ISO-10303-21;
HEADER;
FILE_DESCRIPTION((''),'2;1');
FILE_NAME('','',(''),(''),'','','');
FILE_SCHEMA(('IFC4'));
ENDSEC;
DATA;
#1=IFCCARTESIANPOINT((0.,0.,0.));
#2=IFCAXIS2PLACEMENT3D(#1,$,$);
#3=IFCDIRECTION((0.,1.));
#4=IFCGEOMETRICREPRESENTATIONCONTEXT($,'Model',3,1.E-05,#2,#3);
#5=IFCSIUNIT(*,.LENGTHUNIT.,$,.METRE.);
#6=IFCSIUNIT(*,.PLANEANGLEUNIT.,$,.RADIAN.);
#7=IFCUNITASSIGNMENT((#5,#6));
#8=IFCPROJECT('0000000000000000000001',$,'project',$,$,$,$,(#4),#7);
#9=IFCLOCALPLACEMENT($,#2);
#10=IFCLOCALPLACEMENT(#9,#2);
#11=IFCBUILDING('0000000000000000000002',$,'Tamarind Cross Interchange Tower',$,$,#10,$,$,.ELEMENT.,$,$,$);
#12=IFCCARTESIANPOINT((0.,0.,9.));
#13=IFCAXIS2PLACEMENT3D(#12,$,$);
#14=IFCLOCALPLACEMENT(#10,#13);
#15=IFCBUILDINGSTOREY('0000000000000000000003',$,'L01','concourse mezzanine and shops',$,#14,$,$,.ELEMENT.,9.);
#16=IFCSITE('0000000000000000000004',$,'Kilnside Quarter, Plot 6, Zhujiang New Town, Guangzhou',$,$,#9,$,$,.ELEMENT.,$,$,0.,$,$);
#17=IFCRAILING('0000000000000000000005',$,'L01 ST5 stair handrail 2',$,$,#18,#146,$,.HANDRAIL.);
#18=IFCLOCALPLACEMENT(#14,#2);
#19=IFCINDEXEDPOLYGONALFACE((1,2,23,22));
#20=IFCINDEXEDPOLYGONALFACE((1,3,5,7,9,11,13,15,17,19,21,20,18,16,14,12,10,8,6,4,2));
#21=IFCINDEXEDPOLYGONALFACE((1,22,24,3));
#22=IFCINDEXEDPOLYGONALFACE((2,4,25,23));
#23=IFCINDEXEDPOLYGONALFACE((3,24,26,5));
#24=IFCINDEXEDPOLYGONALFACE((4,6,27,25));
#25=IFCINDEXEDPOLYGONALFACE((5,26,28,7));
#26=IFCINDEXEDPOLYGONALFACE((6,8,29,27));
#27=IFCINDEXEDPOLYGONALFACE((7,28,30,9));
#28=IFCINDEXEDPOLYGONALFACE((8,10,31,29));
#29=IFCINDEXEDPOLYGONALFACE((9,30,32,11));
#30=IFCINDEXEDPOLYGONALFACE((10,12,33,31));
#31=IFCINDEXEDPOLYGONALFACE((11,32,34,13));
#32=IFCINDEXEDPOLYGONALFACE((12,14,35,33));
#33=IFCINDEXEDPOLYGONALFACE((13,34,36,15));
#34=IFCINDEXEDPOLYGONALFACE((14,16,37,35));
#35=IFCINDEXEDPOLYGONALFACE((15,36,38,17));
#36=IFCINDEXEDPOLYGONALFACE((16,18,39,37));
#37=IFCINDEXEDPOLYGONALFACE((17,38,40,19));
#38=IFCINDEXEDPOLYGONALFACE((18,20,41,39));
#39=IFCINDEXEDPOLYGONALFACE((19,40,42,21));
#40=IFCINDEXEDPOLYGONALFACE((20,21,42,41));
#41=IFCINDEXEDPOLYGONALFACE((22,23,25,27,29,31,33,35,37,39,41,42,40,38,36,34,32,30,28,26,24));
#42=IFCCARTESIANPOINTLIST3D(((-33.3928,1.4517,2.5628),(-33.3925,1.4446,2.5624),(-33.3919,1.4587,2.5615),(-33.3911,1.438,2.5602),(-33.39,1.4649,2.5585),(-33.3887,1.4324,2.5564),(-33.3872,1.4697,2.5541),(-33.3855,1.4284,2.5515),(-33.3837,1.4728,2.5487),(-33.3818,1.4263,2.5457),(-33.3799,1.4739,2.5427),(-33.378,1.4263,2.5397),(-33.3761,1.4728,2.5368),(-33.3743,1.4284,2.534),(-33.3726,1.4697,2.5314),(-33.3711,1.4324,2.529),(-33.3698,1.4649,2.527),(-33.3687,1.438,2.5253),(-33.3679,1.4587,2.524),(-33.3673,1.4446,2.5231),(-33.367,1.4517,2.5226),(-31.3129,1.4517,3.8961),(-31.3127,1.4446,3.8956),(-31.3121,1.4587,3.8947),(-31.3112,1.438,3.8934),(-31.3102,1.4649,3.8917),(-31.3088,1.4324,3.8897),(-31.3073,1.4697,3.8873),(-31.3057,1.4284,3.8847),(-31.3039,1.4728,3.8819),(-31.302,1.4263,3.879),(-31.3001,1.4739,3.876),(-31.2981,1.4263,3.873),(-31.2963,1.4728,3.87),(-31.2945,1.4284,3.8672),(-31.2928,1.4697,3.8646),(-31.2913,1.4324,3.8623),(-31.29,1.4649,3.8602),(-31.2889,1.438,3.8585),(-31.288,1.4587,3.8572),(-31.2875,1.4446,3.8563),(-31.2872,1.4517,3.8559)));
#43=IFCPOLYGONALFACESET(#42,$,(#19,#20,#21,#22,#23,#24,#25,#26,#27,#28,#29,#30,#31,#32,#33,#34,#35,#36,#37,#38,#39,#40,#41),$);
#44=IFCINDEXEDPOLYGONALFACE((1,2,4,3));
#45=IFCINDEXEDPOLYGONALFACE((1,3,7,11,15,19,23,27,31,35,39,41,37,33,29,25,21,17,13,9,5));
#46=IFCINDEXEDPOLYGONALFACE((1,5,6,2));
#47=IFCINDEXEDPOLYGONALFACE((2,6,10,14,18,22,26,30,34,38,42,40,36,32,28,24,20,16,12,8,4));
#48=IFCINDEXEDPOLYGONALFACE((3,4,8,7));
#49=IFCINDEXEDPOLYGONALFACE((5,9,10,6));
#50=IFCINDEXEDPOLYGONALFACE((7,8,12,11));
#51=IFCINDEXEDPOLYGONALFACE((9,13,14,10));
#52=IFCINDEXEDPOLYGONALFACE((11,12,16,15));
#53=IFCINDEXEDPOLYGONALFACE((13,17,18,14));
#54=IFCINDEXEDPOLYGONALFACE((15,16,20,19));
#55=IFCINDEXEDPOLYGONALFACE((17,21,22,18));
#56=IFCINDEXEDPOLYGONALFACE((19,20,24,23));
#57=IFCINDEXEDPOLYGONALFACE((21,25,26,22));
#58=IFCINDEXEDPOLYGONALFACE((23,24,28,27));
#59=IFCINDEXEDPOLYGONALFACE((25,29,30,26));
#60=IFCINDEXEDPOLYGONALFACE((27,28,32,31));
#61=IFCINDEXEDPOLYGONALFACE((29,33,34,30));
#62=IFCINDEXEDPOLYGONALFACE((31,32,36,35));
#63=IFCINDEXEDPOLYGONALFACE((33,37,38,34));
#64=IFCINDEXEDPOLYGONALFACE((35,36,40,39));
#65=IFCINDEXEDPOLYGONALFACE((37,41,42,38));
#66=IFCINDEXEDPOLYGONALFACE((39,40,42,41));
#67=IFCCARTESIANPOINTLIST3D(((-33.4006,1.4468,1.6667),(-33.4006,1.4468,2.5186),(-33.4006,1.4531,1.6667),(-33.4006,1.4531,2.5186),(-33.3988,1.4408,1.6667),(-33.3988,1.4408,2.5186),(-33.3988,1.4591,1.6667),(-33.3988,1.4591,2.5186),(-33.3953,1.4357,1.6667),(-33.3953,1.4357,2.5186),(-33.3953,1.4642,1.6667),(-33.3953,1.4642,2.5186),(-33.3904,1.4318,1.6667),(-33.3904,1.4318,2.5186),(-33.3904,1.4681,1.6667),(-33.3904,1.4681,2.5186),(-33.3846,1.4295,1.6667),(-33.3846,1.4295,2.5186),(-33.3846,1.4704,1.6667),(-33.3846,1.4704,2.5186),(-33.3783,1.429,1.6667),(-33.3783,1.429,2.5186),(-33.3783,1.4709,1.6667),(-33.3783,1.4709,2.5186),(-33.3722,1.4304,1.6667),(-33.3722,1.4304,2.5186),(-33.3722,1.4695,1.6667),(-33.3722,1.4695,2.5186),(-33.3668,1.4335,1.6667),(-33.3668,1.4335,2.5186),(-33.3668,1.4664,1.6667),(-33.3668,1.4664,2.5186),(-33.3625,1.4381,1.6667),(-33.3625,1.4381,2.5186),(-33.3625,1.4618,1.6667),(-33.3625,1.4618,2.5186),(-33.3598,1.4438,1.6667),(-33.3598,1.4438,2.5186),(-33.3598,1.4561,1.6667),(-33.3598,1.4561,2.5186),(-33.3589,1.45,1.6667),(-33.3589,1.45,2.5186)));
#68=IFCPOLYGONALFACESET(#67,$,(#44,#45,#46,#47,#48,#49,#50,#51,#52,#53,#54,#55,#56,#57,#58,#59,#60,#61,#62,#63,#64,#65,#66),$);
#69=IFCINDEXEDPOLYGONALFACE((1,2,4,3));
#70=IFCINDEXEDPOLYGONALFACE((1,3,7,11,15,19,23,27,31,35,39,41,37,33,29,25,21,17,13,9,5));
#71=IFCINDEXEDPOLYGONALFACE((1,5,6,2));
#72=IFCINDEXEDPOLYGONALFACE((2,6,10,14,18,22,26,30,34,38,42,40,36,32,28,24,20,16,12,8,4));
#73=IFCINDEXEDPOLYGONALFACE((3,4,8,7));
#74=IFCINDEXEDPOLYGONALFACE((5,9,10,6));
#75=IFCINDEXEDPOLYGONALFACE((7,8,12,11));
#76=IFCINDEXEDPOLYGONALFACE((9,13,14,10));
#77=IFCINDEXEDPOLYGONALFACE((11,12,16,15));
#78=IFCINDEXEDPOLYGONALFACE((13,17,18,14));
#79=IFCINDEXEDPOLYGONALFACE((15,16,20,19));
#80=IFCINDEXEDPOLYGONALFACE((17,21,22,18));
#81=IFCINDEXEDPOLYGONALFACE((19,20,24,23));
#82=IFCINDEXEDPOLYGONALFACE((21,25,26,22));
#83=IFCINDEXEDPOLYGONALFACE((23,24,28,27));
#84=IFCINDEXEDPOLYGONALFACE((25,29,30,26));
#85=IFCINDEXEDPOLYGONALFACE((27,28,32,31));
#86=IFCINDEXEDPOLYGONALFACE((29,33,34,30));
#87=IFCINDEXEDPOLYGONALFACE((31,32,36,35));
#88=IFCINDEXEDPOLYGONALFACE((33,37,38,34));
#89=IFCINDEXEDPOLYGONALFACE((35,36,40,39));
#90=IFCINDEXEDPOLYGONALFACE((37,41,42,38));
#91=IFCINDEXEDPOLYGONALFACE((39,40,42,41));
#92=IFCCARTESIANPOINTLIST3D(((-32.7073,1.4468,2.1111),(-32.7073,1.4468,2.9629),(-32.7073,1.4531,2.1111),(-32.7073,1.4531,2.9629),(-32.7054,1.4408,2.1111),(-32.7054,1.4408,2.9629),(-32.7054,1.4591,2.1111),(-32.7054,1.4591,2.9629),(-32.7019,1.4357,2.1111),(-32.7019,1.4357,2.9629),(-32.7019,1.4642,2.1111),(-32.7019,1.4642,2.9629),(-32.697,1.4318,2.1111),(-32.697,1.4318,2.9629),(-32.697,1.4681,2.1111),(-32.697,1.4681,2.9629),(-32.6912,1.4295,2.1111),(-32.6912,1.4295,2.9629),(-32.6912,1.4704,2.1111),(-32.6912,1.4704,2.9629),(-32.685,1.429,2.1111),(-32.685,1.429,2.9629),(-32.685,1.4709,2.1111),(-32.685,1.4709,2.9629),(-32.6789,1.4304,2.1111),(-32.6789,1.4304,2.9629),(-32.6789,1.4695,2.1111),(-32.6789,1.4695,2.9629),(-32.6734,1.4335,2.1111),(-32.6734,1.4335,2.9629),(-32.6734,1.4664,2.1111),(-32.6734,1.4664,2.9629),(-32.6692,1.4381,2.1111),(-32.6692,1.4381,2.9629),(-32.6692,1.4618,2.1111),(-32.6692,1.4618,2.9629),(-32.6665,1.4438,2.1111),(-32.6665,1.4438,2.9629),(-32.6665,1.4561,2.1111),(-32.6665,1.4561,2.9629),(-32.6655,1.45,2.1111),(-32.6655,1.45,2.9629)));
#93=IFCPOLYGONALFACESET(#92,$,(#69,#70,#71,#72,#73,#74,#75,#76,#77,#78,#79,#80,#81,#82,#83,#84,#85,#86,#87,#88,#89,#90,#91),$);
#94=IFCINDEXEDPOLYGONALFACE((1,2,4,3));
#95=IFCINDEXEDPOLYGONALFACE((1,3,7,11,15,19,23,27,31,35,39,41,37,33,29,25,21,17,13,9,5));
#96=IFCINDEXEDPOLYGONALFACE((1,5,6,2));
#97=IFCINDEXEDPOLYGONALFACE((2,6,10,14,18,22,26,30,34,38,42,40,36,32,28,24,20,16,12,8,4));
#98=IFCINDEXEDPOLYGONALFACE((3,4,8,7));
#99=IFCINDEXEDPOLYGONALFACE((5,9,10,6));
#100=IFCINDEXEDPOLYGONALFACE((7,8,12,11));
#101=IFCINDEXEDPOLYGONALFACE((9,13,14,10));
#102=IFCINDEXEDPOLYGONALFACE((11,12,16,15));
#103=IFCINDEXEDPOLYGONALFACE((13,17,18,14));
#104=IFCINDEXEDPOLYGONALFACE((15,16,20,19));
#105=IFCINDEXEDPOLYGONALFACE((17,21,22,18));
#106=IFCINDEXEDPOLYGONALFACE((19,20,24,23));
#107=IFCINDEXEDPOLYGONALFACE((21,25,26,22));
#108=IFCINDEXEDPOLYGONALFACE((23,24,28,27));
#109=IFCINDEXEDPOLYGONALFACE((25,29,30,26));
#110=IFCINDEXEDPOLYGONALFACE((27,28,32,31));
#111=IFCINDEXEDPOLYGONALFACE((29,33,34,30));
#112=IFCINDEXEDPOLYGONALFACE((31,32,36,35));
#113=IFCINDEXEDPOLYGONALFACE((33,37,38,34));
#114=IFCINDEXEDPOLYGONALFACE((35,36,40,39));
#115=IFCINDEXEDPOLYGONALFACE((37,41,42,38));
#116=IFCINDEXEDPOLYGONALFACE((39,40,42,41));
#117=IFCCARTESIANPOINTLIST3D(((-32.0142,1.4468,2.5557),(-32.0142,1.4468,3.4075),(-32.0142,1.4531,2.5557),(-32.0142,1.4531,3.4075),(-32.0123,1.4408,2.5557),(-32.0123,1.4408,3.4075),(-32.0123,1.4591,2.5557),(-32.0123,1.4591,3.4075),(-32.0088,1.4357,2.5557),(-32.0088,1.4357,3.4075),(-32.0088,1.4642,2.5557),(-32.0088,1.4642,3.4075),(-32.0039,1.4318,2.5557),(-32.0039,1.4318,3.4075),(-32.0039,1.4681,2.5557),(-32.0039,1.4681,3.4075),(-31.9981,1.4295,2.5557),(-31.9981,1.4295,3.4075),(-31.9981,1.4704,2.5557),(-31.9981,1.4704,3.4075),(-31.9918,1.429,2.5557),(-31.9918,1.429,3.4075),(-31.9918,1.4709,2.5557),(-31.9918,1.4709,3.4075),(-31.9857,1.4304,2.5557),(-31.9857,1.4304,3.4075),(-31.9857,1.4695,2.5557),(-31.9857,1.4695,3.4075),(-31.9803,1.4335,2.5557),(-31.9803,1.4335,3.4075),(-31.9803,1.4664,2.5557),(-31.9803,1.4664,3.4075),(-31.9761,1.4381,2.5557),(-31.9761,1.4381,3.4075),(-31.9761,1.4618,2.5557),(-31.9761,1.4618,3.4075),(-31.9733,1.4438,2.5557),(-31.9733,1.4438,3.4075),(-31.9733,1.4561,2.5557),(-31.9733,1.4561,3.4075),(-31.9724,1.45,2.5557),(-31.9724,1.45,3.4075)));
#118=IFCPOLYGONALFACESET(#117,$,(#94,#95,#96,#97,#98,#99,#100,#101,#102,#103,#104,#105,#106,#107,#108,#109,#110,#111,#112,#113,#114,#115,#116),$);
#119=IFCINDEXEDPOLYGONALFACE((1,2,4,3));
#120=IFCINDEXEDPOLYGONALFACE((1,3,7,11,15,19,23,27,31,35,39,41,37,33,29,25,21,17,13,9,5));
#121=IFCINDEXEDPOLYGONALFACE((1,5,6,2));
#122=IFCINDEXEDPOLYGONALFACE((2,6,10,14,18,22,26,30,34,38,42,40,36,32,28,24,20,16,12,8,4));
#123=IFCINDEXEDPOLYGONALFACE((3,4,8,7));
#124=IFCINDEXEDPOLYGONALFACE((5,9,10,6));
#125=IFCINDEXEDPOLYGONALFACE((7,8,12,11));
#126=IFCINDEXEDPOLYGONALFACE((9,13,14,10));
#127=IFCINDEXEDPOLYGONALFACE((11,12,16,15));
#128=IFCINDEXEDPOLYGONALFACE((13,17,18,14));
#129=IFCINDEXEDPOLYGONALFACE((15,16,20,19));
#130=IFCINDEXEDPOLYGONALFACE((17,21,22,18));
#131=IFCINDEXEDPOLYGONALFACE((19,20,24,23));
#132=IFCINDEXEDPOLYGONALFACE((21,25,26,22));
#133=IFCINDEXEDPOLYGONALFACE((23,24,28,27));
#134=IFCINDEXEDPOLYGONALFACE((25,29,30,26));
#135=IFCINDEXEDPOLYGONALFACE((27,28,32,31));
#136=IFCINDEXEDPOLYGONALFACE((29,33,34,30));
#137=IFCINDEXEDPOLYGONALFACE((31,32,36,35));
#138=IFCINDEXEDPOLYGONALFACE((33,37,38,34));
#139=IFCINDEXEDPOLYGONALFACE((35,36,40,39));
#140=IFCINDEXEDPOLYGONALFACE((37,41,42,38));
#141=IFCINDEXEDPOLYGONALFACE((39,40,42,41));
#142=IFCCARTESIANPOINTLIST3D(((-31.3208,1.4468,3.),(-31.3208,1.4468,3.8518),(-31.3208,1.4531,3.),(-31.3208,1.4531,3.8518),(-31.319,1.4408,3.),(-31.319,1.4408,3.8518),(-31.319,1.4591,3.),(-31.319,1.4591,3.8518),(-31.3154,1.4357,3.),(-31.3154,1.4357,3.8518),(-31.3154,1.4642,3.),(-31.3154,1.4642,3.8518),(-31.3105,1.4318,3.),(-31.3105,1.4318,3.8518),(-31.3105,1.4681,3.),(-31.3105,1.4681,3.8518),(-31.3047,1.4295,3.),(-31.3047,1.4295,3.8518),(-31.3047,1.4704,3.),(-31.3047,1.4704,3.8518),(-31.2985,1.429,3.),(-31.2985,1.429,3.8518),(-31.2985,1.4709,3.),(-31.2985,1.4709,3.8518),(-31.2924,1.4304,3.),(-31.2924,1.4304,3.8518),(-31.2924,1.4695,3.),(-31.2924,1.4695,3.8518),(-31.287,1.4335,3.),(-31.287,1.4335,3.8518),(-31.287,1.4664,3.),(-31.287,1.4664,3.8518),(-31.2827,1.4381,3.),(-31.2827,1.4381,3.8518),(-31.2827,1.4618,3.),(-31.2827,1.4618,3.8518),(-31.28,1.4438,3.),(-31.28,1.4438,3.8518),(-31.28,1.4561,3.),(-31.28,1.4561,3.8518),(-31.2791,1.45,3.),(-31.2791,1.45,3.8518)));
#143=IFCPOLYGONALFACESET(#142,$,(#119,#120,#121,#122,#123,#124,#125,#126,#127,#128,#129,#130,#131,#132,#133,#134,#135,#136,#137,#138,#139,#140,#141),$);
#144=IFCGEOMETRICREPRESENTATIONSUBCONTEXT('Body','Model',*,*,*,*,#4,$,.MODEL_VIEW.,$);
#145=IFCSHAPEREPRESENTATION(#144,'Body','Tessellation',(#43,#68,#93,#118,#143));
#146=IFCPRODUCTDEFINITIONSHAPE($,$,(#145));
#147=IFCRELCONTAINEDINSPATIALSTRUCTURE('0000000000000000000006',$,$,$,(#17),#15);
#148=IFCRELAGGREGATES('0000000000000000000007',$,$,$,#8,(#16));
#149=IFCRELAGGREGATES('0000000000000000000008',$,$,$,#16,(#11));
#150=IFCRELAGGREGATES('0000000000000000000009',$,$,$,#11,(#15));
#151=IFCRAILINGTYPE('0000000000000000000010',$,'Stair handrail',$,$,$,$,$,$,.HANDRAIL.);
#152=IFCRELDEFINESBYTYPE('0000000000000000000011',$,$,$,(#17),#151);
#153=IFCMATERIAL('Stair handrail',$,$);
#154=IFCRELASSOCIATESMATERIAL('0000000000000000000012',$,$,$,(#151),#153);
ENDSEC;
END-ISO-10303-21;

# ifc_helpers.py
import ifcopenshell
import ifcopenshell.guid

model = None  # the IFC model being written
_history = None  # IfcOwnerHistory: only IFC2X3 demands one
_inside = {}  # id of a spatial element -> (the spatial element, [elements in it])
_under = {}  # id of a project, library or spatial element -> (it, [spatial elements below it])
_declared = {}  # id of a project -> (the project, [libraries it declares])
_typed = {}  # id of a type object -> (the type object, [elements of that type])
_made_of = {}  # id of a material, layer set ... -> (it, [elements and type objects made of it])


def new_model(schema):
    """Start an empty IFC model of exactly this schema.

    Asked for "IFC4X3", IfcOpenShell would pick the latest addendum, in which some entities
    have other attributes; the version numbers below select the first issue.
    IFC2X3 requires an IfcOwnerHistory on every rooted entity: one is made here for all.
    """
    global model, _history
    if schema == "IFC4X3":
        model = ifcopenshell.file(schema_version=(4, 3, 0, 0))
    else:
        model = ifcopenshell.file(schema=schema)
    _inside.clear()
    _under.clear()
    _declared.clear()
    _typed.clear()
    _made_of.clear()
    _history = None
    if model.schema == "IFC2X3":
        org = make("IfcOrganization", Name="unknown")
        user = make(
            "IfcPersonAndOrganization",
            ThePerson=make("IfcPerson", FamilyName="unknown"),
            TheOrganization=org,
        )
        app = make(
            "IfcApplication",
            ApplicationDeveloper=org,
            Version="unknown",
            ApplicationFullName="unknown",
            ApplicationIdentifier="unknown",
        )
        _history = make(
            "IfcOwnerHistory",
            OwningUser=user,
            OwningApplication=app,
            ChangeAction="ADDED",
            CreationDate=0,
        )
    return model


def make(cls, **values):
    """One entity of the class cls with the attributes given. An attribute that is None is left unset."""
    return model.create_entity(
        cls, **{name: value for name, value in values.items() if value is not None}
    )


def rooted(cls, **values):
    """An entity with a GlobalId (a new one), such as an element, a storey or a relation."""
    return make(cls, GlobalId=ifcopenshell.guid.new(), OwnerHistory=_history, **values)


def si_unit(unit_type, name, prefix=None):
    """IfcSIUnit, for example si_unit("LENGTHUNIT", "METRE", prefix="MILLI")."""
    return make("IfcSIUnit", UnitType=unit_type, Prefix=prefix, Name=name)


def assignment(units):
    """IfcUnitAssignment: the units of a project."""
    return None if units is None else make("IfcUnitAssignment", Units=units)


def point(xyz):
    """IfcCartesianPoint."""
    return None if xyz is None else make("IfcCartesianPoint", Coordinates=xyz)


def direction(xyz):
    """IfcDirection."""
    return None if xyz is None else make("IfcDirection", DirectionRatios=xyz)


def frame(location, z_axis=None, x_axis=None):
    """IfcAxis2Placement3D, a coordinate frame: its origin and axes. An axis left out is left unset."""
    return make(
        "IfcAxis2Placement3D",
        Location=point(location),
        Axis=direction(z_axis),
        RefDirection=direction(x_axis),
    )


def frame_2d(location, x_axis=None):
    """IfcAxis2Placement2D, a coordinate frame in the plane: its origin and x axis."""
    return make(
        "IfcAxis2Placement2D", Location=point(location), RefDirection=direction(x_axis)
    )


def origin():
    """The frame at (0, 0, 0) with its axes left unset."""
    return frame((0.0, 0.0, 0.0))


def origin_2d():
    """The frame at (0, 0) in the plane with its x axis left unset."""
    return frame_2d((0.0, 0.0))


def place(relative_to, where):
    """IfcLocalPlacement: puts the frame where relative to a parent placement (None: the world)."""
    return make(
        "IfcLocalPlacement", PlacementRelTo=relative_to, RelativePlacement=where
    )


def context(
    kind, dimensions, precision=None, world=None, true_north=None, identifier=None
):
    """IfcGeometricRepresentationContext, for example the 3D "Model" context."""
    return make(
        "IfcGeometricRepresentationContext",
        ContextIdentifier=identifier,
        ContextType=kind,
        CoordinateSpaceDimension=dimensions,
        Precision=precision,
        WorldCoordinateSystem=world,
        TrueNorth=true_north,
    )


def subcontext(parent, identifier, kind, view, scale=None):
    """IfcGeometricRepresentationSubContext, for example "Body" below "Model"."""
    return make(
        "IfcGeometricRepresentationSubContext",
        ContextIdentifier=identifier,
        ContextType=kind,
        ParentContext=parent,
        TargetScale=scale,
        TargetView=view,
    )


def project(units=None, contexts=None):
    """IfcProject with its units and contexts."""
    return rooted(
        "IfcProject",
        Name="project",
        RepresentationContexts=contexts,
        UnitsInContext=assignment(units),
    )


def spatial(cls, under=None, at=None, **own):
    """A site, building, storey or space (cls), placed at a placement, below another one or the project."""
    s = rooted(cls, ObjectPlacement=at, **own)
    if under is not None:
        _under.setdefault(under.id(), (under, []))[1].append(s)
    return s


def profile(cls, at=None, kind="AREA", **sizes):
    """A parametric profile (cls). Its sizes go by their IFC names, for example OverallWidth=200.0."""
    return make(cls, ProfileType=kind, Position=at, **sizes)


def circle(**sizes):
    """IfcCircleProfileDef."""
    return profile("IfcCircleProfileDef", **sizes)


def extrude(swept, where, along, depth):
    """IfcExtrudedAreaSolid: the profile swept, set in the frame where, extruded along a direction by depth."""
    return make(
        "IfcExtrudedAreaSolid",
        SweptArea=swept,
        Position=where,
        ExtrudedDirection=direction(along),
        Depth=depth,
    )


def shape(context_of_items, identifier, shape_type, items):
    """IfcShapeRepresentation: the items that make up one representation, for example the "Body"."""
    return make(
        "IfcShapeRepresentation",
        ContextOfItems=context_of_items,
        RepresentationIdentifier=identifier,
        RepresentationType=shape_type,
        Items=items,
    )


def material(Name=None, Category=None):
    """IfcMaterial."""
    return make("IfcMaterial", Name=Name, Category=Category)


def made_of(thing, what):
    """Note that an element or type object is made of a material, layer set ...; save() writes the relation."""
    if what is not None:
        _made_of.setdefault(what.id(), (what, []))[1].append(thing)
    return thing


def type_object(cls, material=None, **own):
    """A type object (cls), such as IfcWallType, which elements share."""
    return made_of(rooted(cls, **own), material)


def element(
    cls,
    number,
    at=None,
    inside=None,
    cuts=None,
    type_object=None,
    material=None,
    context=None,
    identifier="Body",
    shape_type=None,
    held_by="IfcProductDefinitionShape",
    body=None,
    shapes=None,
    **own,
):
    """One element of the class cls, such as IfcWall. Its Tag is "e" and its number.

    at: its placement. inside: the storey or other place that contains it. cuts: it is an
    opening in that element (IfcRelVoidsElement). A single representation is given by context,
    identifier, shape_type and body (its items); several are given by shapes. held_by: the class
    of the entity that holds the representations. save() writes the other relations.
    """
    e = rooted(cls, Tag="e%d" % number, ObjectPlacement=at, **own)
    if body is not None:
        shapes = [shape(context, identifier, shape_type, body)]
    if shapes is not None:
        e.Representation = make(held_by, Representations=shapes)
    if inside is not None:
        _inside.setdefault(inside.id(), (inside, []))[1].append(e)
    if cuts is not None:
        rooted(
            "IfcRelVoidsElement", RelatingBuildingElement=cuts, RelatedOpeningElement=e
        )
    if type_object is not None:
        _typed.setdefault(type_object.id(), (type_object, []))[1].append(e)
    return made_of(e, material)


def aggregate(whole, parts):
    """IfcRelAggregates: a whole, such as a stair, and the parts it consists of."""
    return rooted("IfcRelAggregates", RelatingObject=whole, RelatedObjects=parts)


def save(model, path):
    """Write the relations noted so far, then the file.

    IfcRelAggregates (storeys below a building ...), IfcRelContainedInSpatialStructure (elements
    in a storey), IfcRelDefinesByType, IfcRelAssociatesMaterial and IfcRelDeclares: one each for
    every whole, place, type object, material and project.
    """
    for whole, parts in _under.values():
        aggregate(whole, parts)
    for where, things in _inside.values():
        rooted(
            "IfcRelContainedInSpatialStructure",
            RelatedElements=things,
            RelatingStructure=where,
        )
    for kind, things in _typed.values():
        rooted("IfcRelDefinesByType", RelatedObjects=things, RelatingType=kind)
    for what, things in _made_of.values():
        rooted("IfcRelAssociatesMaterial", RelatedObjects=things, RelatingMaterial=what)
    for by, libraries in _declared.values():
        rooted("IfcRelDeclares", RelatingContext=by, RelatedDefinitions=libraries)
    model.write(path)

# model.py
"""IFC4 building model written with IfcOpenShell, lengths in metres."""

from ifc_helpers import new_model, si_unit, direction, frame, origin, origin_2d, place, context, subcontext, project, spatial, circle, extrude, material, type_object, element, save


model = new_model("IFC4")

# Units and contexts
model_context = context("Model", 3, precision=1e-05, world=origin(), true_north=direction((0.0, 1.0)))
body_context = subcontext(model_context, "Body", "Model", "MODEL_VIEW")
ifc_project = project(units=[si_unit("LENGTHUNIT", "METRE"), si_unit("PLANEANGLEUNIT", "RADIAN")], contexts=[model_context])

# Site, building, storey
site_placement = place(None, origin())
site = spatial("IfcSite", under=ifc_project, at=site_placement, Name="Kilnside Quarter, Plot 6, Zhujiang New Town, Guangzhou", CompositionType="ELEMENT", RefElevation=0.0)
building_placement = place(site_placement, origin())
building = spatial("IfcBuilding", under=site, at=building_placement, Name="Tamarind Cross Interchange Tower", CompositionType="ELEMENT")
storey_placement = place(building_placement, frame((0.0, 0.0, 9.0)))
storey = spatial("IfcBuildingStorey", under=building, at=storey_placement, Name="L01", Description="concourse mezzanine and shops", CompositionType="ELEMENT", Elevation=9.0)

# Railing
ifc_material_1 = material(Name="Stair handrail")
railing_type_1 = type_object("IfcRailingType", Name="Stair handrail", PredefinedType="HANDRAIL", material=ifc_material_1)
for number, where, name in (
    (1, (-33.3799, 1.45, 1.6667), "L01 ST5 stair handrail 2"),
):
    element("IfcRailing", number, at=place(storey_placement, frame(where)), inside=storey, type_object=railing_type_1, Name=name, PredefinedType="HANDRAIL", context=body_context, shape_type="SweptSolid", body=[
        extrude(circle(Radius=0.0239, at=origin_2d()), frame((0.0, 0.0, 0.876), z_axis=(0.841875, 0.0, 0.539673), x_axis=(0.0, 1.0, 0.0)), (0.0, 0.0, 1.0), 2.4705),
        extrude(circle(Radius=0.021, at=origin_2d()), origin(), (0.0, 0.0, 1.0), 0.8518),
        extrude(circle(Radius=0.021, at=origin_2d()), frame((0.6934, 0.0, 0.4443)), (0.0, 0.0, 1.0), 0.8518),
        extrude(circle(Radius=0.021, at=origin_2d()), frame((1.3865, 0.0, 0.8889)), (0.0, 0.0, 1.0), 0.8518),
        extrude(circle(Radius=0.021, at=origin_2d()), frame((2.0798, 0.0, 1.3333)), (0.0, 0.0, 1.0), 0.8518),
    ])

save(model, "model.ifc")
